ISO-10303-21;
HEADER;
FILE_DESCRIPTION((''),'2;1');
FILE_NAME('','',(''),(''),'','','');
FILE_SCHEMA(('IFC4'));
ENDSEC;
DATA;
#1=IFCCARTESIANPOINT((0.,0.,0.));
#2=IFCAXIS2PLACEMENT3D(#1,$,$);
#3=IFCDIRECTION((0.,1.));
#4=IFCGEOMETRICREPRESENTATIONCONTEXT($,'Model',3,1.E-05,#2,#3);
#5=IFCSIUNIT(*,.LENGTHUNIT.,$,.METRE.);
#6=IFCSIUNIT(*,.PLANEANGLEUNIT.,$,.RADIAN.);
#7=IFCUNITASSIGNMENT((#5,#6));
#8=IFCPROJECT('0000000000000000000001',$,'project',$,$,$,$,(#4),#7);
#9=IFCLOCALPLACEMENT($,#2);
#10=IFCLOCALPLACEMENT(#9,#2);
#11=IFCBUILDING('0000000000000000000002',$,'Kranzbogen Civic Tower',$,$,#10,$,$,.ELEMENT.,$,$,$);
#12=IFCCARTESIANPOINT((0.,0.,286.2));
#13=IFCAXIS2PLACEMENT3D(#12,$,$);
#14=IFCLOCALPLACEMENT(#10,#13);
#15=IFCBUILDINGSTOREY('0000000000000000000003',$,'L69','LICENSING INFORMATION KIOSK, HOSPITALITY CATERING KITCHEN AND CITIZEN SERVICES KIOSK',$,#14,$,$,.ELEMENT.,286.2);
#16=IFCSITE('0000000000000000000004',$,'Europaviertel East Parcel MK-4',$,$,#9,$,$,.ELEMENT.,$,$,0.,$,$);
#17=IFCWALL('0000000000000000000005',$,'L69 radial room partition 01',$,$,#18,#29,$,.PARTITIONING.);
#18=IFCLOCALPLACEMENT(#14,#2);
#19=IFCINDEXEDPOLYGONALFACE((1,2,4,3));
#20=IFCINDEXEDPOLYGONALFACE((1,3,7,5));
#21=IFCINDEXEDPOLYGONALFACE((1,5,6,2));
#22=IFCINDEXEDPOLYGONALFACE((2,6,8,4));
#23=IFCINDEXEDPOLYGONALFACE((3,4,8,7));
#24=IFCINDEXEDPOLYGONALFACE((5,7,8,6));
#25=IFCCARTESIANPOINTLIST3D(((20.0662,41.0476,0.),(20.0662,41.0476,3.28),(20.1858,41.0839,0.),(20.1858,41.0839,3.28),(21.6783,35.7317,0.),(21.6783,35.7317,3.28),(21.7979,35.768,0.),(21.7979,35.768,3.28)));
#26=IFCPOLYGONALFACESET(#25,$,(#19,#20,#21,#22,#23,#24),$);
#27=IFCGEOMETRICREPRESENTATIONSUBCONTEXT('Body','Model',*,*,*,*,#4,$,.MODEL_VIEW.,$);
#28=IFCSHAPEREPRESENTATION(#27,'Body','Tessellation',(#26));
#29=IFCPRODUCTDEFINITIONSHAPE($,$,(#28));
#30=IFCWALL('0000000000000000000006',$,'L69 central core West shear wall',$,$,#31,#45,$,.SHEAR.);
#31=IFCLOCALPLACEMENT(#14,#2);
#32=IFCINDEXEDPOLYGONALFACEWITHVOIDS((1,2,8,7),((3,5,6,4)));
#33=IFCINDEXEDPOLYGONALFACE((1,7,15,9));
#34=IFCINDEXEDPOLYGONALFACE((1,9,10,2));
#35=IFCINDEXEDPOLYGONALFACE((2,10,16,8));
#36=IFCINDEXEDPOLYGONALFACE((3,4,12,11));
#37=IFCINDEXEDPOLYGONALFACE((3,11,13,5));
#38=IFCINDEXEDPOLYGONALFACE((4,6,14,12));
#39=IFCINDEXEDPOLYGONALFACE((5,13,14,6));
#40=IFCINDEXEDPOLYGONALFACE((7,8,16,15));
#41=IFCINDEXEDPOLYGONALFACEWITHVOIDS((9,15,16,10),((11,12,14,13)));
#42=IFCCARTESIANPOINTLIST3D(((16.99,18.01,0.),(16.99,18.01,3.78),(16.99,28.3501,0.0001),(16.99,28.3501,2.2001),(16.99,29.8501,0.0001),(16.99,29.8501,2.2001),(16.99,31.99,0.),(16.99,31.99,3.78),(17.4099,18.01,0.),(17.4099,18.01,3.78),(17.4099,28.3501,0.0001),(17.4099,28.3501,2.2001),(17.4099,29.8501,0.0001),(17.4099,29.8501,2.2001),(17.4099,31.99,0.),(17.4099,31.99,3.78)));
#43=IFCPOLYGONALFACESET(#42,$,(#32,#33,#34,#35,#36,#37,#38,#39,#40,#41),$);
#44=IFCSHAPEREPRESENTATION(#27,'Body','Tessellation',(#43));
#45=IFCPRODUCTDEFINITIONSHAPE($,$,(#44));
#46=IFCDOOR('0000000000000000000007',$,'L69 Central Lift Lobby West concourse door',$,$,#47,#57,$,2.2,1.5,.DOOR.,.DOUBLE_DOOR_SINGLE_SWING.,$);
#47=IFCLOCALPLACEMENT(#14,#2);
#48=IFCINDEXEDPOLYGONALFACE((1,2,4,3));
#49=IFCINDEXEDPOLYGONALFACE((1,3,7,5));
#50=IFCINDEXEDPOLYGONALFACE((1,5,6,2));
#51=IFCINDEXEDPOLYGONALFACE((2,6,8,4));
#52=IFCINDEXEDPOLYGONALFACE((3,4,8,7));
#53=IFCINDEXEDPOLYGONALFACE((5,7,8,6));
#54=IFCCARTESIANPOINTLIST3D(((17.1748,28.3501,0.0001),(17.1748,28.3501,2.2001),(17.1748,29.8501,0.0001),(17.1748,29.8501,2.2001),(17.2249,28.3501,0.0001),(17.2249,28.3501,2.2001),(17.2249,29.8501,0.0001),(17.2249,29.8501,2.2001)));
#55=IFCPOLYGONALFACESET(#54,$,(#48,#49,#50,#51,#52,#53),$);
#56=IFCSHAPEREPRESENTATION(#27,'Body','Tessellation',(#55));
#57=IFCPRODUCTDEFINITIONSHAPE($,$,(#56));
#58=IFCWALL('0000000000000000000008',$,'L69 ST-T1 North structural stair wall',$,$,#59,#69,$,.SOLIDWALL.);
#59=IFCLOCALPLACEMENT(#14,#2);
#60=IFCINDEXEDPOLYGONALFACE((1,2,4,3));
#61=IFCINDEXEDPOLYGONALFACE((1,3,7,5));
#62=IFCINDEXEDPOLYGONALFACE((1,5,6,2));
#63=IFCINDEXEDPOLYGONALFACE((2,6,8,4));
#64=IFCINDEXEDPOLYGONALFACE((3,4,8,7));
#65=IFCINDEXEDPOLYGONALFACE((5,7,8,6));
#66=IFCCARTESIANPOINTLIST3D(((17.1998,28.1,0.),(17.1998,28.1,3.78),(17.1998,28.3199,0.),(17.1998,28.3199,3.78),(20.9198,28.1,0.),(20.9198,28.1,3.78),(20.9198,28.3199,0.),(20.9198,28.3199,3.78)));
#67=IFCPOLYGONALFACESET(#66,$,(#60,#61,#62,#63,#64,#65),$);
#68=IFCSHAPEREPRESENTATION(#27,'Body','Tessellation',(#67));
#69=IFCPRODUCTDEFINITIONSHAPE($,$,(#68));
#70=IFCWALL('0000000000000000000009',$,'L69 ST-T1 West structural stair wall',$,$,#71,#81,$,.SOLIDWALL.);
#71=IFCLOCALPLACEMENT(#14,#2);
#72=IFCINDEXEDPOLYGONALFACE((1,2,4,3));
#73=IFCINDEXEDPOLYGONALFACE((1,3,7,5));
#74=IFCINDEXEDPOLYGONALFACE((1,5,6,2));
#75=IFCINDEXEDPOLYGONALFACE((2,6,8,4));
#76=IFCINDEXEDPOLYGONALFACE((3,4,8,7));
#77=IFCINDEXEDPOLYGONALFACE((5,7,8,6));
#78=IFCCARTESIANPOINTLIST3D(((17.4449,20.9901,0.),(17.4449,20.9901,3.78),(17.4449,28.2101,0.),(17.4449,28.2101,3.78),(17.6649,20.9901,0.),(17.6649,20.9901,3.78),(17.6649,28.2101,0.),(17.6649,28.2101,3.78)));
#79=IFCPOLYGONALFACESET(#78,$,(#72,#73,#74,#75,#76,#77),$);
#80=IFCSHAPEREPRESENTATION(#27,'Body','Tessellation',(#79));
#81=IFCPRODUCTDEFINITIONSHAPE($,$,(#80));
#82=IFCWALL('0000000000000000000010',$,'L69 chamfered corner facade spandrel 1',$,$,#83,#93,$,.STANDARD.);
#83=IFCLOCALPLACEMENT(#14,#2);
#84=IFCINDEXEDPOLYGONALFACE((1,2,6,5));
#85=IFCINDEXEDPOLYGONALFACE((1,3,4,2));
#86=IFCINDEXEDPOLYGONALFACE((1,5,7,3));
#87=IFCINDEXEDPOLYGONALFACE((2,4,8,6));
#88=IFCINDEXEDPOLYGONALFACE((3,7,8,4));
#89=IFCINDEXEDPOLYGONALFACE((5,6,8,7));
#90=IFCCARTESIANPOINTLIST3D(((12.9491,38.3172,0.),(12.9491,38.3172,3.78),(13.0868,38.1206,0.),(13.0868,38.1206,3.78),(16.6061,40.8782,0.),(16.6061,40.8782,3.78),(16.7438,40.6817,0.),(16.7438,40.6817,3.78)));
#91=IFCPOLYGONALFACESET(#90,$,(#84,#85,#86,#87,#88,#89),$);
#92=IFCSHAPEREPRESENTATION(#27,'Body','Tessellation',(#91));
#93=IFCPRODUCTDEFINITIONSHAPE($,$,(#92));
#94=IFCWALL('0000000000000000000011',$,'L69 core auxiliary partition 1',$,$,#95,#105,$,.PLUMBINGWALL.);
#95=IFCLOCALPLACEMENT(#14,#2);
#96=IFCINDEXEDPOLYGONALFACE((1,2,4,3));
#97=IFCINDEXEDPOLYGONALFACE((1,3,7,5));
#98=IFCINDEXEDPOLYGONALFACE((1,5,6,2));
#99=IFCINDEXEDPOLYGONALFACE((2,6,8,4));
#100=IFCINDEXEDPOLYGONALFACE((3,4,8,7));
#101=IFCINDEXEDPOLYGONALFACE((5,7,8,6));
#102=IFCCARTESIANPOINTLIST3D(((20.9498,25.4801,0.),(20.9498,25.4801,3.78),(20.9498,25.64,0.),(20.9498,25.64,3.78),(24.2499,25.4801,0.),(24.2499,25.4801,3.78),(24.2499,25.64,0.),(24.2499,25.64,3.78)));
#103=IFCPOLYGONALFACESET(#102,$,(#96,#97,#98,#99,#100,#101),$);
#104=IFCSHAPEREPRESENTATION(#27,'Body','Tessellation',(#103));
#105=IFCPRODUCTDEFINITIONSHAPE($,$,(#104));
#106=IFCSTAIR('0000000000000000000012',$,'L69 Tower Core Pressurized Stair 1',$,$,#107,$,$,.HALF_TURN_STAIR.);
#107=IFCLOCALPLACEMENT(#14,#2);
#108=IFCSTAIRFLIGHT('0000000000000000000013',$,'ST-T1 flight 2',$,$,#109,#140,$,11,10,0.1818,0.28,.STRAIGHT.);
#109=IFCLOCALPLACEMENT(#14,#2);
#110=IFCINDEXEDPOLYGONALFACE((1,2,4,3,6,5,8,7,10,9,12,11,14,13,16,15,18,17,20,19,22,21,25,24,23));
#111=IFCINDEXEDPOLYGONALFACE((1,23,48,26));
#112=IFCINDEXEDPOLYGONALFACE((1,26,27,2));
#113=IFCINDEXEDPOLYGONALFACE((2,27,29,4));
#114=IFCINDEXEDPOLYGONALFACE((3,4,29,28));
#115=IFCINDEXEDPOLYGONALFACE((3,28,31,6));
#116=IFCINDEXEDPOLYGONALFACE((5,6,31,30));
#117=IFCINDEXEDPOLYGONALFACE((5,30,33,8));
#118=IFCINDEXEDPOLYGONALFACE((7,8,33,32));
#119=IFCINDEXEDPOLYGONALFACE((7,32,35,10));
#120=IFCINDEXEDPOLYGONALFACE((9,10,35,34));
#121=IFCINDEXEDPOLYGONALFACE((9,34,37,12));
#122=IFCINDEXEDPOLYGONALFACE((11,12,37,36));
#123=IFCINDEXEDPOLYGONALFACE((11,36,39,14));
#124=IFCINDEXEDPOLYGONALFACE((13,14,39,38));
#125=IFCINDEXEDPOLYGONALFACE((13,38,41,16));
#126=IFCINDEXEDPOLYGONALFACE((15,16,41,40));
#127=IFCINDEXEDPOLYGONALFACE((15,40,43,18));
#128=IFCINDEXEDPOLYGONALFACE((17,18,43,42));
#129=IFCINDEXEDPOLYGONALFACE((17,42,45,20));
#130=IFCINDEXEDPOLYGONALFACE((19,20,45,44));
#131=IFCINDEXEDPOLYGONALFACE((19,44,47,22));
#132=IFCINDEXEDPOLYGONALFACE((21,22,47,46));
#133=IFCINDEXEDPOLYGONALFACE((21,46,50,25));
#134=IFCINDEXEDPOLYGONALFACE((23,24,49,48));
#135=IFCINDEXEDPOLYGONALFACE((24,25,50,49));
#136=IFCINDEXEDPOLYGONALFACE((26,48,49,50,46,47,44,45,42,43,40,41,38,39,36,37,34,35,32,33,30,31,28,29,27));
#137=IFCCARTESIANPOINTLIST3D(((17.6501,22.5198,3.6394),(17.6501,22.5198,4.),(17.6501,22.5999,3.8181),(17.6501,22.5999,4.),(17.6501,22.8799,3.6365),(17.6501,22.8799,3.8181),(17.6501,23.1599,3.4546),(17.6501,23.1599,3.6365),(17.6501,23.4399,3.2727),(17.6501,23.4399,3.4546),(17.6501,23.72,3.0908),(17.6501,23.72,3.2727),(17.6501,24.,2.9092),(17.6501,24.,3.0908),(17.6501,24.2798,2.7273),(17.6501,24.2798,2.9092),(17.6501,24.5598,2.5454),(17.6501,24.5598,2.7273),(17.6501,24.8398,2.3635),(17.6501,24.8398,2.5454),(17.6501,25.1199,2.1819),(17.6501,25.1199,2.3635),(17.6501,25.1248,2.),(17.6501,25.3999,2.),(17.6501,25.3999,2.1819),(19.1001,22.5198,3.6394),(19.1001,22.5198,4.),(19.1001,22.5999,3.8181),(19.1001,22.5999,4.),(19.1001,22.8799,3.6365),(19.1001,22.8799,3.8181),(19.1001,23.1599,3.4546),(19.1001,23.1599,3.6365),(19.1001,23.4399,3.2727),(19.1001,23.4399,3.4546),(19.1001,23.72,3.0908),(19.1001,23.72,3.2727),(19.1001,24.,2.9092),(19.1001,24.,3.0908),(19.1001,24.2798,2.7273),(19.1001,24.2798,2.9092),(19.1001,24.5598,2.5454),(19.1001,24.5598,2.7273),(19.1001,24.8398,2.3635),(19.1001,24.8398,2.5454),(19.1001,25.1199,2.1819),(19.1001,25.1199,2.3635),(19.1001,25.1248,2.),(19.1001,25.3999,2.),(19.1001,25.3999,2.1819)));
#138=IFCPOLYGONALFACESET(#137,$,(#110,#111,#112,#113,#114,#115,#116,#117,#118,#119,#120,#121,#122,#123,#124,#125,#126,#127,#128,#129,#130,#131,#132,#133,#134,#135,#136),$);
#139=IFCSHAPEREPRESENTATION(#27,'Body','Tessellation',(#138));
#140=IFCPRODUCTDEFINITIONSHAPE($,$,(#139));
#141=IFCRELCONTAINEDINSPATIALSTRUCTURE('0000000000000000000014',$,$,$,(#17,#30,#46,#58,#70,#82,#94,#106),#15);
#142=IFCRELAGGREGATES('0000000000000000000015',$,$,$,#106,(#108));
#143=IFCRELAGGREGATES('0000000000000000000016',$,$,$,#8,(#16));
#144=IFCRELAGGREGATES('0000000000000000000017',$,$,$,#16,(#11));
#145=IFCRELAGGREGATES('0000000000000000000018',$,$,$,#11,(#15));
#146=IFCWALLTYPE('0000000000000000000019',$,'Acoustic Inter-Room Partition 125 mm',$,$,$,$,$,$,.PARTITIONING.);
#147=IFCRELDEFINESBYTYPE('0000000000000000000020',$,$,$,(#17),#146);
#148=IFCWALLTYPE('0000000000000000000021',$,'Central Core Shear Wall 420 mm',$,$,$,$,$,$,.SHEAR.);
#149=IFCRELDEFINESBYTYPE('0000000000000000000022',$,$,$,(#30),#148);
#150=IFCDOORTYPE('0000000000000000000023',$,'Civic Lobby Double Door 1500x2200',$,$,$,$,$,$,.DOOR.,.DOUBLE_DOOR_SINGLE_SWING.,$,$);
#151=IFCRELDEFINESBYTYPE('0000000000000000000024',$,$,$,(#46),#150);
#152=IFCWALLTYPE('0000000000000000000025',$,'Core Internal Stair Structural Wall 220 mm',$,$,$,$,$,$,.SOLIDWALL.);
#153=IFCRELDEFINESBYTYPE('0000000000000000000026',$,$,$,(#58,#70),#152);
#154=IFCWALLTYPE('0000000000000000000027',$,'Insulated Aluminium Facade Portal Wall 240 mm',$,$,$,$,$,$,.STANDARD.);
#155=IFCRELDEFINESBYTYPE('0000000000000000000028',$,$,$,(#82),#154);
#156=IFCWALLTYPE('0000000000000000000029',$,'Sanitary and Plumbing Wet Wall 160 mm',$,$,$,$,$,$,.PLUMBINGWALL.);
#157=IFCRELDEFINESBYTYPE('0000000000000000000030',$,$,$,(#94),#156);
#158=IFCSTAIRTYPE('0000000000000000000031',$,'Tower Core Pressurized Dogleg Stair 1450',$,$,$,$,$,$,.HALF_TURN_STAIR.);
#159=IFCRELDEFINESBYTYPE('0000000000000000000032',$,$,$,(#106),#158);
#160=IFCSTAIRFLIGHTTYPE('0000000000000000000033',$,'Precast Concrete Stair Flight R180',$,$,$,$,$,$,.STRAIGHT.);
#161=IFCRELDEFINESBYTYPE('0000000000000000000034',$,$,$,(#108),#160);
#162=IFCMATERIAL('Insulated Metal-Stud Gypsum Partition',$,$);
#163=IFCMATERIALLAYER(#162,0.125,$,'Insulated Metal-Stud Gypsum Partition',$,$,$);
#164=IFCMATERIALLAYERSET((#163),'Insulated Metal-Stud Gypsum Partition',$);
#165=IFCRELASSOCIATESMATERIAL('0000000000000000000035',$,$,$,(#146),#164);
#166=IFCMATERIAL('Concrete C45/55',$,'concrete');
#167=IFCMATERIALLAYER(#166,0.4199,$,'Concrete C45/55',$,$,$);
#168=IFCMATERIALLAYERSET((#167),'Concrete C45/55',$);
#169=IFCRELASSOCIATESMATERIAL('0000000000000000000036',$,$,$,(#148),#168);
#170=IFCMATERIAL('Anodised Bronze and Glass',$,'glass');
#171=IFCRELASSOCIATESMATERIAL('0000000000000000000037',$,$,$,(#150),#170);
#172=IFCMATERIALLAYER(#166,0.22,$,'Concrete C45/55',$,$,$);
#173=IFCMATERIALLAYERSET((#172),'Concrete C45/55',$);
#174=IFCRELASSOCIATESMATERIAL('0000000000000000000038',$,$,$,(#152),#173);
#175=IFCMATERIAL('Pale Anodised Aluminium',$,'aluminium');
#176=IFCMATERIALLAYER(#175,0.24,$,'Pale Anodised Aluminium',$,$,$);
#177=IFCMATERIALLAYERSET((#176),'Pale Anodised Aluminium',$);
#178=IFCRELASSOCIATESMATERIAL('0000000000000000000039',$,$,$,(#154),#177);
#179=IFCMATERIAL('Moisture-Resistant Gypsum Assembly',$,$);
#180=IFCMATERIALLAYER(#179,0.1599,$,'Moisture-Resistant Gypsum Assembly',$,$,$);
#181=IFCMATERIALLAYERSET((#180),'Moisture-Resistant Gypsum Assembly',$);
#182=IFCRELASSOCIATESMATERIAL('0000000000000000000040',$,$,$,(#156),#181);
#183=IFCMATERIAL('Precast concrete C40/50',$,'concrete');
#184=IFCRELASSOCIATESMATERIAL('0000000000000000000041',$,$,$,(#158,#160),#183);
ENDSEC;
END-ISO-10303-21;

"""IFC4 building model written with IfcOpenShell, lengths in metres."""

from ifc_helpers import new_model, si_unit, direction, frame, frame_2d, origin, place, context, subcontext, project, spatial, polyline, rectangle, outline, extrude, material, layer, layer_set, type_object, element, fill, aggregate, save


model = new_model("IFC4")

# Units and contexts
model_context = context("Model", 3, precision=1e-05, world=origin(), true_north=direction((0.0, 1.0)))
body_context = subcontext(model_context, "Body", "Model", "MODEL_VIEW")
ifc_project = project(units=[si_unit("LENGTHUNIT", "METRE"), si_unit("PLANEANGLEUNIT", "RADIAN")], contexts=[model_context])

# Site, building, storey
site_placement = place(None, origin())
site = spatial("IfcSite", under=ifc_project, at=site_placement, Name="Europaviertel East Parcel MK-4", CompositionType="ELEMENT", RefElevation=0.0)
building_placement = place(site_placement, origin())
building = spatial("IfcBuilding", under=site, at=building_placement, Name="Kranzbogen Civic Tower", CompositionType="ELEMENT")
storey_placement = place(building_placement, frame((0.0, 0.0, 286.2)))
storey = spatial("IfcBuildingStorey", under=building, at=storey_placement, Name="L69", Description="LICENSING INFORMATION KIOSK, HOSPITALITY CATERING KITCHEN AND CITIZEN SERVICES KIOSK", CompositionType="ELEMENT", Elevation=286.2)

# Shared definitions
ifc_material_1 = material(Name="Pale Anodised Aluminium", Category="aluminium")

# Shared definitions
ifc_material_2 = material(Name="Insulated Metal-Stud Gypsum Partition")
ifc_layer_1 = layer(ifc_material_2, 0.125, Name="Insulated Metal-Stud Gypsum Partition")
ifc_layer_set_1 = layer_set([ifc_layer_1], Name="Insulated Metal-Stud Gypsum Partition")
wall_type_1 = type_object("IfcWallType", Name="Acoustic Inter-Room Partition 125 mm", PredefinedType="PARTITIONING", material=ifc_layer_set_1)

# Wall
wall_1_placement = place(storey_placement, frame((21.738, 35.75, 0.0), z_axis=(0.0, 0.0, 1.0), x_axis=(-0.290201, 0.956966, 0.0)))
element("IfcWall", 1, at=wall_1_placement, inside=storey, type_object=wall_type_1, Name="L69 radial room partition 01", PredefinedType="PARTITIONING", context=body_context, shape_type="SweptSolid", body=[
    extrude(rectangle(XDim=5.5549, YDim=0.125, at=frame_2d((2.7773, 0.0))), origin(), (0.0, 0.0, 1.0), 3.28),
])

# Wall, opening, door
ifc_material_3 = material(Name="Concrete C45/55", Category="concrete")
ifc_layer_2 = layer(ifc_material_3, 0.4199, Name="Concrete C45/55")
ifc_layer_set_2 = layer_set([ifc_layer_2], Name="Concrete C45/55")
wall_type_2 = type_object("IfcWallType", Name="Central Core Shear Wall 420 mm", PredefinedType="SHEAR", material=ifc_layer_set_2)
wall_2_placement = place(storey_placement, frame((17.2, 31.99, 0.0), z_axis=(0.0, 0.0, 1.0), x_axis=(0.0, -1.0, 0.0)))
wall_2 = element("IfcWall", 2, at=wall_2_placement, inside=storey, type_object=wall_type_2, Name="L69 central core West shear wall", PredefinedType="SHEAR", context=body_context, shape_type="SweptSolid", body=[
    extrude(rectangle(XDim=13.98, YDim=0.4199, at=frame_2d((6.99, 0.0))), origin(), (0.0, 0.0, 1.0), 3.78),
])
opening_1_placement = place(wall_2_placement, frame((2.1399, 0.0, 0.0)))
opening_1 = element("IfcOpeningElement", 3, at=opening_1_placement, cuts=wall_2, PredefinedType="OPENING", context=body_context, shape_type="SweptSolid", body=[
    extrude(rectangle(XDim=1.5, YDim=2.2, at=frame_2d((0.75, 1.1001))), frame((0.0, 0.22, 0.0), z_axis=(0.0, -1.0, 0.0), x_axis=(1.0, 0.0, 0.0)), (0.0, 0.0, 1.0), 0.4399),
])
ifc_material_4 = material(Name="Anodised Bronze and Glass", Category="glass")
door_type_1 = type_object("IfcDoorType", Name="Civic Lobby Double Door 1500x2200", OperationType="DOUBLE_DOOR_SINGLE_SWING", PredefinedType="DOOR", material=ifc_material_4)
door_1_placement = place(opening_1_placement, origin())
door_1 = element("IfcDoor", 4, at=door_1_placement, inside=storey, type_object=door_type_1, Name="L69 Central Lift Lobby West concourse door", OperationType="DOUBLE_DOOR_SINGLE_SWING", OverallHeight=2.2, OverallWidth=1.5, PredefinedType="DOOR", context=body_context, shape_type="SweptSolid", body=[
    extrude(rectangle(XDim=1.5, YDim=2.2, at=frame_2d((0.75, 1.1001))), frame((0.0, 0.0249, 0.0), z_axis=(0.0, -1.0, 0.0), x_axis=(1.0, 0.0, 0.0)), (0.0, 0.0, 1.0), 0.05),
])
fill(opening_1, door_1)

# Walls
ifc_layer_3 = layer(ifc_material_3, 0.22, Name="Concrete C45/55")
ifc_layer_set_3 = layer_set([ifc_layer_3], Name="Concrete C45/55")
wall_type_3 = type_object("IfcWallType", Name="Core Internal Stair Structural Wall 220 mm", PredefinedType="SOLIDWALL", material=ifc_layer_set_3)
wall_3_placement = place(storey_placement, frame((17.2, 28.21, 0.0), z_axis=(0.0, 0.0, 1.0), x_axis=(1.0, 0.0, 0.0)))
element("IfcWall", 5, at=wall_3_placement, inside=storey, type_object=wall_type_3, Name="L69 ST-T1 North structural stair wall", PredefinedType="SOLIDWALL", context=body_context, shape_type="SweptSolid", body=[
    extrude(rectangle(XDim=3.72, YDim=0.22, at=frame_2d((1.8599, 0.0))), origin(), (0.0, 0.0, 1.0), 3.78),
])
wall_4_placement = place(storey_placement, frame((17.5549, 28.21, 0.0), z_axis=(0.0, 0.0, 1.0), x_axis=(0.0, -1.0, 0.0)))
element("IfcWall", 6, at=wall_4_placement, inside=storey, type_object=wall_type_3, Name="L69 ST-T1 West structural stair wall", PredefinedType="SOLIDWALL", context=body_context, shape_type="SweptSolid", body=[
    extrude(rectangle(XDim=7.22, YDim=0.22, at=frame_2d((3.6099, 0.0))), origin(), (0.0, 0.0, 1.0), 3.78),
])
ifc_layer_4 = layer(ifc_material_1, 0.24, Name="Pale Anodised Aluminium")
ifc_layer_set_4 = layer_set([ifc_layer_4], Name="Pale Anodised Aluminium")
wall_type_4 = type_object("IfcWallType", Name="Insulated Aluminium Facade Portal Wall 240 mm", PredefinedType="STANDARD", material=ifc_layer_set_4)
wall_5_placement = place(storey_placement, frame((16.675, 40.78, 0.0), z_axis=(0.0, 0.0, 1.0), x_axis=(-0.819111, -0.573635, 0.0)))
element("IfcWall", 7, at=wall_5_placement, inside=storey, type_object=wall_type_4, Name="L69 chamfered corner facade spandrel 1", PredefinedType="STANDARD", context=body_context, shape_type="SweptSolid", body=[
    extrude(rectangle(XDim=4.4646, YDim=0.24, at=frame_2d((2.2324, 0.0))), origin(), (0.0, 0.0, 1.0), 3.78),
])
ifc_material_5 = material(Name="Moisture-Resistant Gypsum Assembly")
ifc_layer_5 = layer(ifc_material_5, 0.1599, Name="Moisture-Resistant Gypsum Assembly")
ifc_layer_set_5 = layer_set([ifc_layer_5], Name="Moisture-Resistant Gypsum Assembly")
wall_type_5 = type_object("IfcWallType", Name="Sanitary and Plumbing Wet Wall 160 mm", PredefinedType="PLUMBINGWALL", material=ifc_layer_set_5)
wall_6_placement = place(storey_placement, frame((20.95, 25.5601, 0.0), z_axis=(0.0, 0.0, 1.0), x_axis=(1.0, 0.0, 0.0)))
element("IfcWall", 8, at=wall_6_placement, inside=storey, type_object=wall_type_5, Name="L69 core auxiliary partition 1", PredefinedType="PLUMBINGWALL", context=body_context, shape_type="SweptSolid", body=[
    extrude(rectangle(XDim=3.3, YDim=0.1599, at=frame_2d((1.6499, 0.0))), origin(), (0.0, 0.0, 1.0), 3.78),
])

# Stair, stair flight
ifc_material_6 = material(Name="Precast concrete C40/50", Category="concrete")
stair_type = type_object("IfcStairType", Name="Tower Core Pressurized Dogleg Stair 1450", PredefinedType="HALF_TURN_STAIR", material=ifc_material_6)
stair_placement = place(storey_placement, origin())
stair = element("IfcStair", 9, at=stair_placement, inside=storey, type_object=stair_type, Name="L69 Tower Core Pressurized Stair 1", PredefinedType="HALF_TURN_STAIR")
stair_flight_type = type_object("IfcStairFlightType", Name="Precast Concrete Stair Flight R180", PredefinedType="STRAIGHT", material=ifc_material_6)
stair_flight_placement = place(storey_placement, frame((18.375, 25.3999, 2.0), z_axis=(0.0, 0.0, 1.0), x_axis=(0.0, -1.0, 0.0)))
stair_flight = element("IfcStairFlight", 10, at=stair_flight_placement, type_object=stair_flight_type, Name="ST-T1 flight 2", NumberOfRisers=11, NumberOfTreads=10, PredefinedType="STRAIGHT", RiserHeight=0.1818, TreadLength=0.28, context=body_context, shape_type="SweptSolid", body=[
    extrude(outline(polyline([(0.0, 0.0), (0.0, 0.1819), (0.28, 0.1819), (0.28, 0.3635), (0.5601, 0.3635), (0.5601, 0.5454), (0.8401, 0.5454), (0.8401, 0.7273), (1.1201, 0.7273), (1.1201, 0.9092), (1.3999, 0.9092), (1.3999, 1.0908), (1.6799, 1.0908), (1.6799, 1.2727), (1.96, 1.2727), (1.96, 1.4546), (2.24, 1.4546), (2.24, 1.6365), (2.52, 1.6365), (2.52, 1.8181), (2.8, 1.8181), (2.8, 2.0), (2.8801, 2.0), (2.8801, 1.6394), (0.2751, 0.0), (0.0, 0.0)])), frame((0.0, 0.7251, 0.0), z_axis=(0.0, -1.0, 0.0), x_axis=(1.0, 0.0, 0.0)), (0.0, 0.0, 1.0), 1.45),
])
aggregate(stair, [stair_flight])

save(model, "model.ifc")
